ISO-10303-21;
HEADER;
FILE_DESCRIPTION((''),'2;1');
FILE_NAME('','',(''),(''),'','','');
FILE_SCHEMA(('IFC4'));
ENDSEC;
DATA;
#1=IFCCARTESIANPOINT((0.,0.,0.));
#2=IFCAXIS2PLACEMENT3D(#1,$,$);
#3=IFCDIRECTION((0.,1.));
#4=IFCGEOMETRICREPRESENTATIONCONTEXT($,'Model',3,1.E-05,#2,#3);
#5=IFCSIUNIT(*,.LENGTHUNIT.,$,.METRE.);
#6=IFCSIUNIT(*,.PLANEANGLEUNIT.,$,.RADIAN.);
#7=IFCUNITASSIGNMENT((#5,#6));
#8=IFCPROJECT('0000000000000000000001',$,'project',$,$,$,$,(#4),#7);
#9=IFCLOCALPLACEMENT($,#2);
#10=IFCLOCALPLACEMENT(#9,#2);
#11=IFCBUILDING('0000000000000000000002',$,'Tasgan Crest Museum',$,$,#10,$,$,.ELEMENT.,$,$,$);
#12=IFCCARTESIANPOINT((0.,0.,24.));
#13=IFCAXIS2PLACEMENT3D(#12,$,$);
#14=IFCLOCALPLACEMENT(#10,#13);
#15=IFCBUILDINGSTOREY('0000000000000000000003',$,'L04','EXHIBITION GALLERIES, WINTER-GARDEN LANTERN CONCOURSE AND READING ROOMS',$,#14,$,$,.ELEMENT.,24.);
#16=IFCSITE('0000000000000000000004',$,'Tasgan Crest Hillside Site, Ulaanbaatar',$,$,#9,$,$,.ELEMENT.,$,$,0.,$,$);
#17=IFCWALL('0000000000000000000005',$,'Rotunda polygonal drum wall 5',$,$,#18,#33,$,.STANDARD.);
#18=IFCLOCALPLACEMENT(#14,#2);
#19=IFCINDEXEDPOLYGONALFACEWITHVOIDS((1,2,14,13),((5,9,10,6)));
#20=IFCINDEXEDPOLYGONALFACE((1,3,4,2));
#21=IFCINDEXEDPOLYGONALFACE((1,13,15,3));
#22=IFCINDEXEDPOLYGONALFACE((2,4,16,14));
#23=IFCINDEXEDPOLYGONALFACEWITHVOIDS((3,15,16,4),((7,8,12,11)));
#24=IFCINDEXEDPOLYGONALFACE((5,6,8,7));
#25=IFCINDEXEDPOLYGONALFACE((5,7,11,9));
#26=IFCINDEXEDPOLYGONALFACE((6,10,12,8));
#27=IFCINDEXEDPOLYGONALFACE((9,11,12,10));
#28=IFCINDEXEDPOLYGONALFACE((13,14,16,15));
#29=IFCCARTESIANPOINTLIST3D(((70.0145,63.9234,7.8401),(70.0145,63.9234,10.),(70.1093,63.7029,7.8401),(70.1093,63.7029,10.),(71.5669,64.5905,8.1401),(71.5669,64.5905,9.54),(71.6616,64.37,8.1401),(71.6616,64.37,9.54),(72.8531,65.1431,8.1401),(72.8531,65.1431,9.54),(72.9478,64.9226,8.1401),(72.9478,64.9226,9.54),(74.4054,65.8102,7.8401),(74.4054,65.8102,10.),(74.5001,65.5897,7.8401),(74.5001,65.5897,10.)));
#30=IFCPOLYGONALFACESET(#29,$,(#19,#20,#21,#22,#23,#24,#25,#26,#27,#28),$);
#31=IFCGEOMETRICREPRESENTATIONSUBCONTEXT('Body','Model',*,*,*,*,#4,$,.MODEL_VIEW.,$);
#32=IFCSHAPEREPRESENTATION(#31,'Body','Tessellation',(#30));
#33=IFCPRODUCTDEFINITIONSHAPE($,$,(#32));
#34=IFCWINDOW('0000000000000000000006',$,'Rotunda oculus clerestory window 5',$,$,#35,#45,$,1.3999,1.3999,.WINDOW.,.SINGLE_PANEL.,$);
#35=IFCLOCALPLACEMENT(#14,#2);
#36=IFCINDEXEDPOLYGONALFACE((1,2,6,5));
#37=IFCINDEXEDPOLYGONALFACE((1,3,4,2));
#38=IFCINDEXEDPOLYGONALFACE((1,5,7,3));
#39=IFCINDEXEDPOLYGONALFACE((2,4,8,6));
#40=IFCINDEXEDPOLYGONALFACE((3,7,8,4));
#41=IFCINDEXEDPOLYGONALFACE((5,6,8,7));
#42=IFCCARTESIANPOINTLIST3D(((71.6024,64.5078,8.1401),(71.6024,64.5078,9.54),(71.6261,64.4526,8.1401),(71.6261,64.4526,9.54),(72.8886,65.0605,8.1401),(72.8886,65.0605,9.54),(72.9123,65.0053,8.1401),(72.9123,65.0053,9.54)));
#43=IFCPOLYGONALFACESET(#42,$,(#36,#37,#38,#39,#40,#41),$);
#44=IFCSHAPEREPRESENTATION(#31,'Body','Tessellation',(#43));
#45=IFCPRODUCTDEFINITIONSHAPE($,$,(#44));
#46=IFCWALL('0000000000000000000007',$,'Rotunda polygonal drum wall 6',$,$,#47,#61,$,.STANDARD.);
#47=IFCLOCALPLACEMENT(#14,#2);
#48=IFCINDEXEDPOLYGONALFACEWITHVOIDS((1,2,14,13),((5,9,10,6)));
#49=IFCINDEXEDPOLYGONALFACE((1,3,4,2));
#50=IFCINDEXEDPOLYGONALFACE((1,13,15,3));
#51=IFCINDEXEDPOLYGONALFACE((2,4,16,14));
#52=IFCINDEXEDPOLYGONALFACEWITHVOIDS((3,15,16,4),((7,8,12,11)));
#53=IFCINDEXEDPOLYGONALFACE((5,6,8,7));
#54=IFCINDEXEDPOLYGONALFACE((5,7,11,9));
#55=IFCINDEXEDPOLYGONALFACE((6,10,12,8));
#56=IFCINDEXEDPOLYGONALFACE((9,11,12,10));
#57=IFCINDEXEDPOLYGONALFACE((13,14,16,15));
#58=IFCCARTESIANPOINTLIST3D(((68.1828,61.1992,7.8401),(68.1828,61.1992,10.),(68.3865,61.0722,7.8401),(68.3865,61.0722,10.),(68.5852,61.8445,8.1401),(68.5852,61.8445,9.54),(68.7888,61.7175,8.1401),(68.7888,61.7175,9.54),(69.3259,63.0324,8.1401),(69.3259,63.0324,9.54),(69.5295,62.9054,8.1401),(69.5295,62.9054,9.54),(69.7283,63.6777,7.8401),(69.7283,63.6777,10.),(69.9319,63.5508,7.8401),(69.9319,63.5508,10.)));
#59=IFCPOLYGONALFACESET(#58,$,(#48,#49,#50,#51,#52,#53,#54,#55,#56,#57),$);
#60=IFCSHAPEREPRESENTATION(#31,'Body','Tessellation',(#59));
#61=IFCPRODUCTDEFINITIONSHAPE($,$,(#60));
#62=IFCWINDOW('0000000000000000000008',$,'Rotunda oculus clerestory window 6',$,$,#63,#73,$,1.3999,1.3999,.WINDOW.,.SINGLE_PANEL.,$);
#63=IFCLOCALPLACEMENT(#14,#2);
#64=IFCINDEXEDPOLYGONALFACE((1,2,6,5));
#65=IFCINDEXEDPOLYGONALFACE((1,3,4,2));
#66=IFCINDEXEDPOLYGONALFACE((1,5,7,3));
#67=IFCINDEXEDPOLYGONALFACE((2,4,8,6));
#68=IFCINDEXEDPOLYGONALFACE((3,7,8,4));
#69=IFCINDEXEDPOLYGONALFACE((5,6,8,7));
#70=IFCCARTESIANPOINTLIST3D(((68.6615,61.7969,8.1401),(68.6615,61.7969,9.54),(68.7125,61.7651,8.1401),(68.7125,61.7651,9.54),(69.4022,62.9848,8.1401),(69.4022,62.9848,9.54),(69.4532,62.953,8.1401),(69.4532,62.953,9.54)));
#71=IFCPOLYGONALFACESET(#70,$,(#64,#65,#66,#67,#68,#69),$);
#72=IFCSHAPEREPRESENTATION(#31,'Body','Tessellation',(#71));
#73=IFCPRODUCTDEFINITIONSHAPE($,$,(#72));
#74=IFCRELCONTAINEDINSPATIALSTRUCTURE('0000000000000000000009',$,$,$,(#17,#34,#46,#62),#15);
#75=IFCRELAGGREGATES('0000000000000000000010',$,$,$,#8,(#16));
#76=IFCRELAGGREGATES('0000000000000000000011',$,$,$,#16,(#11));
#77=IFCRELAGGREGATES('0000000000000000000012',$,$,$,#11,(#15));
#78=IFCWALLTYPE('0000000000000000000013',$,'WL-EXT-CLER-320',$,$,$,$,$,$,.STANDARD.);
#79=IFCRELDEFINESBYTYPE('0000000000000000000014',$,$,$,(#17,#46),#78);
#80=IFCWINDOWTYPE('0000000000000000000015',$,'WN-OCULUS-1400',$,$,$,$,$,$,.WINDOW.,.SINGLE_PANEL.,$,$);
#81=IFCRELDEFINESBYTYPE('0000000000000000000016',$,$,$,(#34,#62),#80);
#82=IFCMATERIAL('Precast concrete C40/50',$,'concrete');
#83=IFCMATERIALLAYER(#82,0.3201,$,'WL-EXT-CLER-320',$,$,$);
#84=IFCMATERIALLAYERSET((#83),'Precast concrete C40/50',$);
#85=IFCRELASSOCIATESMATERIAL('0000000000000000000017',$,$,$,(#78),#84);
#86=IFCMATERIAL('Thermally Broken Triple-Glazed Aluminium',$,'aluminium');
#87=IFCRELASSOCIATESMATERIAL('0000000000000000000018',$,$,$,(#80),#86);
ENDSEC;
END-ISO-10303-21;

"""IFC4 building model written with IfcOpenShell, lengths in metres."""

from ifc_helpers import new_model, si_unit, direction, frame, frame_2d, origin, place, context, subcontext, project, spatial, rectangle, extrude, material, layer, layer_set, type_object, element, fill, save


model = new_model("IFC4")

# Units and contexts
model_context = context("Model", 3, precision=1e-05, world=origin(), true_north=direction((0.0, 1.0)))
body_context = subcontext(model_context, "Body", "Model", "MODEL_VIEW")
ifc_project = project(units=[si_unit("LENGTHUNIT", "METRE"), si_unit("PLANEANGLEUNIT", "RADIAN")], contexts=[model_context])

# Site, building, storey
site_placement = place(None, origin())
site = spatial("IfcSite", under=ifc_project, at=site_placement, Name="Tasgan Crest Hillside Site, Ulaanbaatar", CompositionType="ELEMENT", RefElevation=0.0)
building_placement = place(site_placement, origin())
building = spatial("IfcBuilding", under=site, at=building_placement, Name="Tasgan Crest Museum", CompositionType="ELEMENT")
storey_placement = place(building_placement, frame((0.0, 0.0, 24.0)))
storey = spatial("IfcBuildingStorey", under=building, at=storey_placement, Name="L04", Description="EXHIBITION GALLERIES, WINTER-GARDEN LANTERN CONCOURSE AND READING ROOMS", CompositionType="ELEMENT", Elevation=24.0)

# Walls, openings, windows
ifc_material_1 = material(Name="Precast concrete C40/50", Category="concrete")
ifc_layer_1 = layer(ifc_material_1, 0.3201, Name="WL-EXT-CLER-320")
ifc_layer_set_1 = layer_set([ifc_layer_1], Name="Precast concrete C40/50")
wall_type = type_object("IfcWallType", Name="WL-EXT-CLER-320", PredefinedType="STANDARD", material=ifc_layer_set_1)
wall_1_placement = place(storey_placement, frame((74.4529, 65.7, 7.8401), z_axis=(0.0, 0.0, 1.0), x_axis=(-0.918772, -0.394788, 0.0)))
wall_1 = element("IfcWall", 1, at=wall_1_placement, inside=storey, type_object=wall_type, Name="Rotunda polygonal drum wall 5", PredefinedType="STANDARD", context=body_context, shape_type="SweptSolid", body=[
    extrude(rectangle(XDim=4.7791, YDim=0.24, at=frame_2d((2.3896, 0.0))), origin(), (0.0, 0.0, 1.0), 2.1599),
])
opening_1_placement = place(wall_1_placement, frame((1.6897, 0.0, 0.3)))
opening_1 = element("IfcOpeningElement", 2, at=opening_1_placement, cuts=wall_1, PredefinedType="OPENING", context=body_context, shape_type="SweptSolid", body=[
    extrude(rectangle(XDim=1.3999, YDim=1.3999, at=frame_2d((0.7, 0.7))), frame((0.0, 0.1299, 0.0), z_axis=(0.0, -1.0, 0.0), x_axis=(1.0, 0.0, 0.0)), (0.0, 0.0, 1.0), 0.26),
])
ifc_material_2 = material(Name="Thermally Broken Triple-Glazed Aluminium", Category="aluminium")
window_type = type_object("IfcWindowType", Name="WN-OCULUS-1400", PartitioningType="SINGLE_PANEL", PredefinedType="WINDOW", material=ifc_material_2)
window_1_placement = place(opening_1_placement, origin())
window_1 = element("IfcWindow", 3, at=window_1_placement, inside=storey, type_object=window_type, Name="Rotunda oculus clerestory window 5", OverallHeight=1.3999, OverallWidth=1.3999, PartitioningType="SINGLE_PANEL", PredefinedType="WINDOW", context=body_context, shape_type="SweptSolid", body=[
    extrude(rectangle(XDim=1.3999, YDim=1.3999, at=frame_2d((0.7, 0.7))), frame((0.0, 0.03, 0.0), z_axis=(0.0, -1.0, 0.0), x_axis=(1.0, 0.0, 0.0)), (0.0, 0.0, 1.0), 0.0601),
])
fill(opening_1, window_1)
wall_2_placement = place(storey_placement, frame((69.8301, 63.6143, 7.8401), z_axis=(0.0, 0.0, 1.0), x_axis=(-0.529097, -0.848561, 0.0)))
wall_2 = element("IfcWall", 4, at=wall_2_placement, inside=storey, type_object=wall_type, Name="Rotunda polygonal drum wall 6", PredefinedType="STANDARD", context=body_context, shape_type="SweptSolid", body=[
    extrude(rectangle(XDim=2.9209, YDim=0.24, at=frame_2d((1.4604, 0.0))), origin(), (0.0, 0.0, 1.0), 2.1599),
])
opening_2_placement = place(wall_2_placement, frame((0.7605, 0.0, 0.3)))
opening_2 = element("IfcOpeningElement", 5, at=opening_2_placement, cuts=wall_2, PredefinedType="OPENING", context=body_context, shape_type="SweptSolid", body=[
    extrude(rectangle(XDim=1.3999, YDim=1.3999, at=frame_2d((0.7, 0.7))), frame((0.0, 0.1299, 0.0), z_axis=(0.0, -1.0, 0.0), x_axis=(1.0, 0.0, 0.0)), (0.0, 0.0, 1.0), 0.26),
])
window_2_placement = place(opening_2_placement, origin())
window_2 = element("IfcWindow", 6, at=window_2_placement, inside=storey, type_object=window_type, Name="Rotunda oculus clerestory window 6", OverallHeight=1.3999, OverallWidth=1.3999, PartitioningType="SINGLE_PANEL", PredefinedType="WINDOW", context=body_context, shape_type="SweptSolid", body=[
    extrude(rectangle(XDim=1.3999, YDim=1.3999, at=frame_2d((0.7, 0.7))), frame((0.0, 0.03, 0.0), z_axis=(0.0, -1.0, 0.0), x_axis=(1.0, 0.0, 0.0)), (0.0, 0.0, 1.0), 0.0601),
])
fill(opening_2, window_2)

save(model, "model.ifc")
